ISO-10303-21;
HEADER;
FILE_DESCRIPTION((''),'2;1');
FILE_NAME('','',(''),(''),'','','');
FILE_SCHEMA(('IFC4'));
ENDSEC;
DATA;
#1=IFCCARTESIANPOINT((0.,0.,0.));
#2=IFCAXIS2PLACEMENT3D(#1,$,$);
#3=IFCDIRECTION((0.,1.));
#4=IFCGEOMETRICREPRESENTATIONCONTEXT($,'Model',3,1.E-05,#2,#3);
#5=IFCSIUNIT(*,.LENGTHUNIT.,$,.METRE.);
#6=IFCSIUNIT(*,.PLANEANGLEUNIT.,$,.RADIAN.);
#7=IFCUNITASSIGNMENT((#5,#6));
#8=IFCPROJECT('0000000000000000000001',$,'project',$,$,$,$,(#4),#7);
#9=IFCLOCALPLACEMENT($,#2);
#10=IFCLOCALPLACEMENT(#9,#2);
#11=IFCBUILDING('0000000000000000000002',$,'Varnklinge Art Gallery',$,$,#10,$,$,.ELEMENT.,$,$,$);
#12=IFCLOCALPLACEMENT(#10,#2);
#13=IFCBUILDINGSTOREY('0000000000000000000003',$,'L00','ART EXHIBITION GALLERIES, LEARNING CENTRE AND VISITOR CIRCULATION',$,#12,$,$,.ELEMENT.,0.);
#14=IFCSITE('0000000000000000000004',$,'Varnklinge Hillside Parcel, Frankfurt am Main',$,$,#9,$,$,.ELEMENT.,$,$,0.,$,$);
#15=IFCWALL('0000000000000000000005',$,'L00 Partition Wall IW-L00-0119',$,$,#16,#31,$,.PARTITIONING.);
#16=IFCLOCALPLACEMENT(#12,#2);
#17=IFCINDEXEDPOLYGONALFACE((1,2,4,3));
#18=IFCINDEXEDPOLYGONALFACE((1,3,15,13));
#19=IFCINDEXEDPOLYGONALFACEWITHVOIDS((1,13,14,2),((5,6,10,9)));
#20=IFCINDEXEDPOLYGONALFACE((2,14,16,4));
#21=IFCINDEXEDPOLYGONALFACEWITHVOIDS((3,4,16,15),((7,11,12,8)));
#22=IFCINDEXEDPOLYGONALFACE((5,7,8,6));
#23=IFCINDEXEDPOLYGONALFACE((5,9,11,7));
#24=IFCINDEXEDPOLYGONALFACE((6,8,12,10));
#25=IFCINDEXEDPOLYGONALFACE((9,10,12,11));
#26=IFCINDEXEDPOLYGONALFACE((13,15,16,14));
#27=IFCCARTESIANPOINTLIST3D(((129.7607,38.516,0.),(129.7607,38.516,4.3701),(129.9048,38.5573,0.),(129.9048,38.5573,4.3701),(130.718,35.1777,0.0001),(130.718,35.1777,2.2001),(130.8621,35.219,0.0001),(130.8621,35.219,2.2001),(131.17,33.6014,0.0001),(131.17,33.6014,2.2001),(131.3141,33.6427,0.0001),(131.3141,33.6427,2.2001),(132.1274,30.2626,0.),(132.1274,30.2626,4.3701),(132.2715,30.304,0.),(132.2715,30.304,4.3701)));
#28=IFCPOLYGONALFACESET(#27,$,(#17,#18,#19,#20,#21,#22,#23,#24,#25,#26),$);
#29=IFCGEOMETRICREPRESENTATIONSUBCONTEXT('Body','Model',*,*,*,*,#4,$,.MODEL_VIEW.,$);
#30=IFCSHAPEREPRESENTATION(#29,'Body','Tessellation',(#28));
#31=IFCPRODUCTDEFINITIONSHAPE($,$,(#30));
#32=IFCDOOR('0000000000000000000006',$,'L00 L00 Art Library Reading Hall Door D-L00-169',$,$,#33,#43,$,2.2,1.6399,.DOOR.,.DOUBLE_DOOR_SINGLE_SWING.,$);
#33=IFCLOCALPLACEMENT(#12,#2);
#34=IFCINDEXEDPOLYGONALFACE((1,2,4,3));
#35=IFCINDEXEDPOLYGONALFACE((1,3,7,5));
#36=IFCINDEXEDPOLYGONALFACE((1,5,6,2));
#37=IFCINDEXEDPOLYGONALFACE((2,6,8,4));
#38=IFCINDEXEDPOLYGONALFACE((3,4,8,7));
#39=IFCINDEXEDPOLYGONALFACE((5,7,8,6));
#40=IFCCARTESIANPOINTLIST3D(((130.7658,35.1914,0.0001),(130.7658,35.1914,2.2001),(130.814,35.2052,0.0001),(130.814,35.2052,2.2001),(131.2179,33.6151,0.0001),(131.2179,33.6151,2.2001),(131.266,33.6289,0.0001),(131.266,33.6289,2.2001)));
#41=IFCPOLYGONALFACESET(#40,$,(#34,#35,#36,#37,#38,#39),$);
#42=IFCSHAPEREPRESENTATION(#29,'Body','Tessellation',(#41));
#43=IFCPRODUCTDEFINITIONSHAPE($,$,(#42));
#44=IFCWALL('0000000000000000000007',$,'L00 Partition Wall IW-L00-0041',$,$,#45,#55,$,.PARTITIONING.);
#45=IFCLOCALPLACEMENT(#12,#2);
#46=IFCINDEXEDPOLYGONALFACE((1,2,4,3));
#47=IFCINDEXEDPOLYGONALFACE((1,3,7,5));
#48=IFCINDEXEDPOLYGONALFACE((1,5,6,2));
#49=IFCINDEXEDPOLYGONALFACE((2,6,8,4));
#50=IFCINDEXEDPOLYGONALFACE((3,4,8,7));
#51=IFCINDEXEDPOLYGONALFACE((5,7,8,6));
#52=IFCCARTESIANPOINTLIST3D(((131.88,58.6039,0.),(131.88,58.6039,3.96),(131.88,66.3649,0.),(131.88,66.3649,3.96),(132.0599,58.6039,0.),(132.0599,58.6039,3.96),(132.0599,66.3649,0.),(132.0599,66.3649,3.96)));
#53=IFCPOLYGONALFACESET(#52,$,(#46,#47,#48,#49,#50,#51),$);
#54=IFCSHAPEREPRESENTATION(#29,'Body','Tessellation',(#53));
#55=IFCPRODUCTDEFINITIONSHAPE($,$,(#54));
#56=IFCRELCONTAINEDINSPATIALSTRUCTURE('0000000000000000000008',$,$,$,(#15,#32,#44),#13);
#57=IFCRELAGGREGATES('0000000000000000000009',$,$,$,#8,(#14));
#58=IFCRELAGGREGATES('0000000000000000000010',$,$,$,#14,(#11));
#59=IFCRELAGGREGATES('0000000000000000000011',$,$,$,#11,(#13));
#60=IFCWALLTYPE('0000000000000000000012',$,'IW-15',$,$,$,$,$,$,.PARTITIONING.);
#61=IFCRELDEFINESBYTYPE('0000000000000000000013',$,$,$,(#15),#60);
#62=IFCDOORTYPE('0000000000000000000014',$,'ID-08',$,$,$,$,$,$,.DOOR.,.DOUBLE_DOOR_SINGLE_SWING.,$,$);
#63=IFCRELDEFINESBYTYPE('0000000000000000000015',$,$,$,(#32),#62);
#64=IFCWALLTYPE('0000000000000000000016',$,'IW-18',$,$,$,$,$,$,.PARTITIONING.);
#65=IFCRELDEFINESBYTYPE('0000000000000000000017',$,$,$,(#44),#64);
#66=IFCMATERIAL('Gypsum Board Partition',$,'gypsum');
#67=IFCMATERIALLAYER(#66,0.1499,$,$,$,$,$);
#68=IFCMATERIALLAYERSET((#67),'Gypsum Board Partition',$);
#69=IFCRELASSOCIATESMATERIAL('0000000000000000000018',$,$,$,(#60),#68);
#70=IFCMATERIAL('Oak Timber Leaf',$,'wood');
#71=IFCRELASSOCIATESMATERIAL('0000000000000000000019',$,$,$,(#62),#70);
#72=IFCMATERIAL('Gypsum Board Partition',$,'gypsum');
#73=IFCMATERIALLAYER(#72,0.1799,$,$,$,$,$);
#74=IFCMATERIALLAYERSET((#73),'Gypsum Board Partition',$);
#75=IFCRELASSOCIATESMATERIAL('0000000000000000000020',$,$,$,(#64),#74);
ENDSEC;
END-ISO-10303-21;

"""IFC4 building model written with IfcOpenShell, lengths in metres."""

from ifc_helpers import new_model, si_unit, direction, frame, frame_2d, origin, place, context, subcontext, project, spatial, rectangle, extrude, material, layer, layer_set, type_object, element, fill, save


model = new_model("IFC4")

# Units and contexts
model_context = context("Model", 3, precision=1e-05, world=origin(), true_north=direction((0.0, 1.0)))
body_context = subcontext(model_context, "Body", "Model", "MODEL_VIEW")
ifc_project = project(units=[si_unit("LENGTHUNIT", "METRE"), si_unit("PLANEANGLEUNIT", "RADIAN")], contexts=[model_context])

# Site, building, storey
site_placement = place(None, origin())
site = spatial("IfcSite", under=ifc_project, at=site_placement, Name="Varnklinge Hillside Parcel, Frankfurt am Main", CompositionType="ELEMENT", RefElevation=0.0)
building_placement = place(site_placement, origin())
building = spatial("IfcBuilding", under=site, at=building_placement, Name="Varnklinge Art Gallery", CompositionType="ELEMENT")
storey_placement = place(building_placement, origin())
storey = spatial("IfcBuildingStorey", under=building, at=storey_placement, Name="L00", Description="ART EXHIBITION GALLERIES, LEARNING CENTRE AND VISITOR CIRCULATION", CompositionType="ELEMENT", Elevation=0.0)

# Wall, opening, door
ifc_material_1 = material(Name="Gypsum Board Partition", Category="gypsum")
ifc_layer_1 = layer(ifc_material_1, 0.1499)
ifc_layer_set_1 = layer_set([ifc_layer_1], Name="Gypsum Board Partition")
wall_type_1 = type_object("IfcWallType", Name="IW-15", PredefinedType="PARTITIONING", material=ifc_layer_set_1)
wall_1_placement = place(storey_placement, frame((129.8328, 38.5366, 0.0), z_axis=(0.0, 0.0, 1.0), x_axis=(0.275645, -0.96126, 0.0)))
wall_1 = element("IfcWall", 1, at=wall_1_placement, inside=storey, type_object=wall_type_1, Name="L00 Partition Wall IW-L00-0119", PredefinedType="PARTITIONING", context=body_context, shape_type="SweptSolid", body=[
    extrude(rectangle(XDim=8.5859, YDim=0.1499, at=frame_2d((4.293, 0.0))), origin(), (0.0, 0.0, 1.0), 4.3701),
])
opening_placement = place(wall_1_placement, frame((3.4729, 0.0, 0.0)))
opening = element("IfcOpeningElement", 2, at=opening_placement, cuts=wall_1, PredefinedType="OPENING", context=body_context, shape_type="SweptSolid", body=[
    extrude(rectangle(XDim=1.6399, YDim=2.2, at=frame_2d((0.8198, 1.1001))), frame((0.0, 0.085, 0.0), z_axis=(0.0, -1.0, 0.0), x_axis=(1.0, 0.0, 0.0)), (0.0, 0.0, 1.0), 0.1699),
])
ifc_material_2 = material(Name="Oak Timber Leaf", Category="wood")
door_type = type_object("IfcDoorType", Name="ID-08", OperationType="DOUBLE_DOOR_SINGLE_SWING", PredefinedType="DOOR", material=ifc_material_2)
door_placement = place(opening_placement, origin())
door = element("IfcDoor", 3, at=door_placement, inside=storey, type_object=door_type, Name="L00 L00 Art Library Reading Hall Door D-L00-169", OperationType="DOUBLE_DOOR_SINGLE_SWING", OverallHeight=2.2, OverallWidth=1.6399, PredefinedType="DOOR", context=body_context, shape_type="SweptSolid", body=[
    extrude(rectangle(XDim=1.6399, YDim=2.2, at=frame_2d((0.8198, 1.1001))), frame((0.0, 0.0249, 0.0), z_axis=(0.0, -1.0, 0.0), x_axis=(1.0, 0.0, 0.0)), (0.0, 0.0, 1.0), 0.05),
])
fill(opening, door)

# Wall
ifc_material_3 = material(Name="Gypsum Board Partition", Category="gypsum")
ifc_layer_2 = layer(ifc_material_3, 0.1799)
ifc_layer_set_2 = layer_set([ifc_layer_2], Name="Gypsum Board Partition")
wall_type_2 = type_object("IfcWallType", Name="IW-18", PredefinedType="PARTITIONING", material=ifc_layer_set_2)
wall_2_placement = place(storey_placement, frame((131.97, 58.604, 0.0), z_axis=(0.0, 0.0, 1.0), x_axis=(0.0, 1.0, 0.0)))
element("IfcWall", 4, at=wall_2_placement, inside=storey, type_object=wall_type_2, Name="L00 Partition Wall IW-L00-0041", PredefinedType="PARTITIONING", context=body_context, shape_type="SweptSolid", body=[
    extrude(rectangle(XDim=7.761, YDim=0.1799, at=frame_2d((3.8804, 0.0))), origin(), (0.0, 0.0, 1.0), 3.96),
])

save(model, "model.ifc")
